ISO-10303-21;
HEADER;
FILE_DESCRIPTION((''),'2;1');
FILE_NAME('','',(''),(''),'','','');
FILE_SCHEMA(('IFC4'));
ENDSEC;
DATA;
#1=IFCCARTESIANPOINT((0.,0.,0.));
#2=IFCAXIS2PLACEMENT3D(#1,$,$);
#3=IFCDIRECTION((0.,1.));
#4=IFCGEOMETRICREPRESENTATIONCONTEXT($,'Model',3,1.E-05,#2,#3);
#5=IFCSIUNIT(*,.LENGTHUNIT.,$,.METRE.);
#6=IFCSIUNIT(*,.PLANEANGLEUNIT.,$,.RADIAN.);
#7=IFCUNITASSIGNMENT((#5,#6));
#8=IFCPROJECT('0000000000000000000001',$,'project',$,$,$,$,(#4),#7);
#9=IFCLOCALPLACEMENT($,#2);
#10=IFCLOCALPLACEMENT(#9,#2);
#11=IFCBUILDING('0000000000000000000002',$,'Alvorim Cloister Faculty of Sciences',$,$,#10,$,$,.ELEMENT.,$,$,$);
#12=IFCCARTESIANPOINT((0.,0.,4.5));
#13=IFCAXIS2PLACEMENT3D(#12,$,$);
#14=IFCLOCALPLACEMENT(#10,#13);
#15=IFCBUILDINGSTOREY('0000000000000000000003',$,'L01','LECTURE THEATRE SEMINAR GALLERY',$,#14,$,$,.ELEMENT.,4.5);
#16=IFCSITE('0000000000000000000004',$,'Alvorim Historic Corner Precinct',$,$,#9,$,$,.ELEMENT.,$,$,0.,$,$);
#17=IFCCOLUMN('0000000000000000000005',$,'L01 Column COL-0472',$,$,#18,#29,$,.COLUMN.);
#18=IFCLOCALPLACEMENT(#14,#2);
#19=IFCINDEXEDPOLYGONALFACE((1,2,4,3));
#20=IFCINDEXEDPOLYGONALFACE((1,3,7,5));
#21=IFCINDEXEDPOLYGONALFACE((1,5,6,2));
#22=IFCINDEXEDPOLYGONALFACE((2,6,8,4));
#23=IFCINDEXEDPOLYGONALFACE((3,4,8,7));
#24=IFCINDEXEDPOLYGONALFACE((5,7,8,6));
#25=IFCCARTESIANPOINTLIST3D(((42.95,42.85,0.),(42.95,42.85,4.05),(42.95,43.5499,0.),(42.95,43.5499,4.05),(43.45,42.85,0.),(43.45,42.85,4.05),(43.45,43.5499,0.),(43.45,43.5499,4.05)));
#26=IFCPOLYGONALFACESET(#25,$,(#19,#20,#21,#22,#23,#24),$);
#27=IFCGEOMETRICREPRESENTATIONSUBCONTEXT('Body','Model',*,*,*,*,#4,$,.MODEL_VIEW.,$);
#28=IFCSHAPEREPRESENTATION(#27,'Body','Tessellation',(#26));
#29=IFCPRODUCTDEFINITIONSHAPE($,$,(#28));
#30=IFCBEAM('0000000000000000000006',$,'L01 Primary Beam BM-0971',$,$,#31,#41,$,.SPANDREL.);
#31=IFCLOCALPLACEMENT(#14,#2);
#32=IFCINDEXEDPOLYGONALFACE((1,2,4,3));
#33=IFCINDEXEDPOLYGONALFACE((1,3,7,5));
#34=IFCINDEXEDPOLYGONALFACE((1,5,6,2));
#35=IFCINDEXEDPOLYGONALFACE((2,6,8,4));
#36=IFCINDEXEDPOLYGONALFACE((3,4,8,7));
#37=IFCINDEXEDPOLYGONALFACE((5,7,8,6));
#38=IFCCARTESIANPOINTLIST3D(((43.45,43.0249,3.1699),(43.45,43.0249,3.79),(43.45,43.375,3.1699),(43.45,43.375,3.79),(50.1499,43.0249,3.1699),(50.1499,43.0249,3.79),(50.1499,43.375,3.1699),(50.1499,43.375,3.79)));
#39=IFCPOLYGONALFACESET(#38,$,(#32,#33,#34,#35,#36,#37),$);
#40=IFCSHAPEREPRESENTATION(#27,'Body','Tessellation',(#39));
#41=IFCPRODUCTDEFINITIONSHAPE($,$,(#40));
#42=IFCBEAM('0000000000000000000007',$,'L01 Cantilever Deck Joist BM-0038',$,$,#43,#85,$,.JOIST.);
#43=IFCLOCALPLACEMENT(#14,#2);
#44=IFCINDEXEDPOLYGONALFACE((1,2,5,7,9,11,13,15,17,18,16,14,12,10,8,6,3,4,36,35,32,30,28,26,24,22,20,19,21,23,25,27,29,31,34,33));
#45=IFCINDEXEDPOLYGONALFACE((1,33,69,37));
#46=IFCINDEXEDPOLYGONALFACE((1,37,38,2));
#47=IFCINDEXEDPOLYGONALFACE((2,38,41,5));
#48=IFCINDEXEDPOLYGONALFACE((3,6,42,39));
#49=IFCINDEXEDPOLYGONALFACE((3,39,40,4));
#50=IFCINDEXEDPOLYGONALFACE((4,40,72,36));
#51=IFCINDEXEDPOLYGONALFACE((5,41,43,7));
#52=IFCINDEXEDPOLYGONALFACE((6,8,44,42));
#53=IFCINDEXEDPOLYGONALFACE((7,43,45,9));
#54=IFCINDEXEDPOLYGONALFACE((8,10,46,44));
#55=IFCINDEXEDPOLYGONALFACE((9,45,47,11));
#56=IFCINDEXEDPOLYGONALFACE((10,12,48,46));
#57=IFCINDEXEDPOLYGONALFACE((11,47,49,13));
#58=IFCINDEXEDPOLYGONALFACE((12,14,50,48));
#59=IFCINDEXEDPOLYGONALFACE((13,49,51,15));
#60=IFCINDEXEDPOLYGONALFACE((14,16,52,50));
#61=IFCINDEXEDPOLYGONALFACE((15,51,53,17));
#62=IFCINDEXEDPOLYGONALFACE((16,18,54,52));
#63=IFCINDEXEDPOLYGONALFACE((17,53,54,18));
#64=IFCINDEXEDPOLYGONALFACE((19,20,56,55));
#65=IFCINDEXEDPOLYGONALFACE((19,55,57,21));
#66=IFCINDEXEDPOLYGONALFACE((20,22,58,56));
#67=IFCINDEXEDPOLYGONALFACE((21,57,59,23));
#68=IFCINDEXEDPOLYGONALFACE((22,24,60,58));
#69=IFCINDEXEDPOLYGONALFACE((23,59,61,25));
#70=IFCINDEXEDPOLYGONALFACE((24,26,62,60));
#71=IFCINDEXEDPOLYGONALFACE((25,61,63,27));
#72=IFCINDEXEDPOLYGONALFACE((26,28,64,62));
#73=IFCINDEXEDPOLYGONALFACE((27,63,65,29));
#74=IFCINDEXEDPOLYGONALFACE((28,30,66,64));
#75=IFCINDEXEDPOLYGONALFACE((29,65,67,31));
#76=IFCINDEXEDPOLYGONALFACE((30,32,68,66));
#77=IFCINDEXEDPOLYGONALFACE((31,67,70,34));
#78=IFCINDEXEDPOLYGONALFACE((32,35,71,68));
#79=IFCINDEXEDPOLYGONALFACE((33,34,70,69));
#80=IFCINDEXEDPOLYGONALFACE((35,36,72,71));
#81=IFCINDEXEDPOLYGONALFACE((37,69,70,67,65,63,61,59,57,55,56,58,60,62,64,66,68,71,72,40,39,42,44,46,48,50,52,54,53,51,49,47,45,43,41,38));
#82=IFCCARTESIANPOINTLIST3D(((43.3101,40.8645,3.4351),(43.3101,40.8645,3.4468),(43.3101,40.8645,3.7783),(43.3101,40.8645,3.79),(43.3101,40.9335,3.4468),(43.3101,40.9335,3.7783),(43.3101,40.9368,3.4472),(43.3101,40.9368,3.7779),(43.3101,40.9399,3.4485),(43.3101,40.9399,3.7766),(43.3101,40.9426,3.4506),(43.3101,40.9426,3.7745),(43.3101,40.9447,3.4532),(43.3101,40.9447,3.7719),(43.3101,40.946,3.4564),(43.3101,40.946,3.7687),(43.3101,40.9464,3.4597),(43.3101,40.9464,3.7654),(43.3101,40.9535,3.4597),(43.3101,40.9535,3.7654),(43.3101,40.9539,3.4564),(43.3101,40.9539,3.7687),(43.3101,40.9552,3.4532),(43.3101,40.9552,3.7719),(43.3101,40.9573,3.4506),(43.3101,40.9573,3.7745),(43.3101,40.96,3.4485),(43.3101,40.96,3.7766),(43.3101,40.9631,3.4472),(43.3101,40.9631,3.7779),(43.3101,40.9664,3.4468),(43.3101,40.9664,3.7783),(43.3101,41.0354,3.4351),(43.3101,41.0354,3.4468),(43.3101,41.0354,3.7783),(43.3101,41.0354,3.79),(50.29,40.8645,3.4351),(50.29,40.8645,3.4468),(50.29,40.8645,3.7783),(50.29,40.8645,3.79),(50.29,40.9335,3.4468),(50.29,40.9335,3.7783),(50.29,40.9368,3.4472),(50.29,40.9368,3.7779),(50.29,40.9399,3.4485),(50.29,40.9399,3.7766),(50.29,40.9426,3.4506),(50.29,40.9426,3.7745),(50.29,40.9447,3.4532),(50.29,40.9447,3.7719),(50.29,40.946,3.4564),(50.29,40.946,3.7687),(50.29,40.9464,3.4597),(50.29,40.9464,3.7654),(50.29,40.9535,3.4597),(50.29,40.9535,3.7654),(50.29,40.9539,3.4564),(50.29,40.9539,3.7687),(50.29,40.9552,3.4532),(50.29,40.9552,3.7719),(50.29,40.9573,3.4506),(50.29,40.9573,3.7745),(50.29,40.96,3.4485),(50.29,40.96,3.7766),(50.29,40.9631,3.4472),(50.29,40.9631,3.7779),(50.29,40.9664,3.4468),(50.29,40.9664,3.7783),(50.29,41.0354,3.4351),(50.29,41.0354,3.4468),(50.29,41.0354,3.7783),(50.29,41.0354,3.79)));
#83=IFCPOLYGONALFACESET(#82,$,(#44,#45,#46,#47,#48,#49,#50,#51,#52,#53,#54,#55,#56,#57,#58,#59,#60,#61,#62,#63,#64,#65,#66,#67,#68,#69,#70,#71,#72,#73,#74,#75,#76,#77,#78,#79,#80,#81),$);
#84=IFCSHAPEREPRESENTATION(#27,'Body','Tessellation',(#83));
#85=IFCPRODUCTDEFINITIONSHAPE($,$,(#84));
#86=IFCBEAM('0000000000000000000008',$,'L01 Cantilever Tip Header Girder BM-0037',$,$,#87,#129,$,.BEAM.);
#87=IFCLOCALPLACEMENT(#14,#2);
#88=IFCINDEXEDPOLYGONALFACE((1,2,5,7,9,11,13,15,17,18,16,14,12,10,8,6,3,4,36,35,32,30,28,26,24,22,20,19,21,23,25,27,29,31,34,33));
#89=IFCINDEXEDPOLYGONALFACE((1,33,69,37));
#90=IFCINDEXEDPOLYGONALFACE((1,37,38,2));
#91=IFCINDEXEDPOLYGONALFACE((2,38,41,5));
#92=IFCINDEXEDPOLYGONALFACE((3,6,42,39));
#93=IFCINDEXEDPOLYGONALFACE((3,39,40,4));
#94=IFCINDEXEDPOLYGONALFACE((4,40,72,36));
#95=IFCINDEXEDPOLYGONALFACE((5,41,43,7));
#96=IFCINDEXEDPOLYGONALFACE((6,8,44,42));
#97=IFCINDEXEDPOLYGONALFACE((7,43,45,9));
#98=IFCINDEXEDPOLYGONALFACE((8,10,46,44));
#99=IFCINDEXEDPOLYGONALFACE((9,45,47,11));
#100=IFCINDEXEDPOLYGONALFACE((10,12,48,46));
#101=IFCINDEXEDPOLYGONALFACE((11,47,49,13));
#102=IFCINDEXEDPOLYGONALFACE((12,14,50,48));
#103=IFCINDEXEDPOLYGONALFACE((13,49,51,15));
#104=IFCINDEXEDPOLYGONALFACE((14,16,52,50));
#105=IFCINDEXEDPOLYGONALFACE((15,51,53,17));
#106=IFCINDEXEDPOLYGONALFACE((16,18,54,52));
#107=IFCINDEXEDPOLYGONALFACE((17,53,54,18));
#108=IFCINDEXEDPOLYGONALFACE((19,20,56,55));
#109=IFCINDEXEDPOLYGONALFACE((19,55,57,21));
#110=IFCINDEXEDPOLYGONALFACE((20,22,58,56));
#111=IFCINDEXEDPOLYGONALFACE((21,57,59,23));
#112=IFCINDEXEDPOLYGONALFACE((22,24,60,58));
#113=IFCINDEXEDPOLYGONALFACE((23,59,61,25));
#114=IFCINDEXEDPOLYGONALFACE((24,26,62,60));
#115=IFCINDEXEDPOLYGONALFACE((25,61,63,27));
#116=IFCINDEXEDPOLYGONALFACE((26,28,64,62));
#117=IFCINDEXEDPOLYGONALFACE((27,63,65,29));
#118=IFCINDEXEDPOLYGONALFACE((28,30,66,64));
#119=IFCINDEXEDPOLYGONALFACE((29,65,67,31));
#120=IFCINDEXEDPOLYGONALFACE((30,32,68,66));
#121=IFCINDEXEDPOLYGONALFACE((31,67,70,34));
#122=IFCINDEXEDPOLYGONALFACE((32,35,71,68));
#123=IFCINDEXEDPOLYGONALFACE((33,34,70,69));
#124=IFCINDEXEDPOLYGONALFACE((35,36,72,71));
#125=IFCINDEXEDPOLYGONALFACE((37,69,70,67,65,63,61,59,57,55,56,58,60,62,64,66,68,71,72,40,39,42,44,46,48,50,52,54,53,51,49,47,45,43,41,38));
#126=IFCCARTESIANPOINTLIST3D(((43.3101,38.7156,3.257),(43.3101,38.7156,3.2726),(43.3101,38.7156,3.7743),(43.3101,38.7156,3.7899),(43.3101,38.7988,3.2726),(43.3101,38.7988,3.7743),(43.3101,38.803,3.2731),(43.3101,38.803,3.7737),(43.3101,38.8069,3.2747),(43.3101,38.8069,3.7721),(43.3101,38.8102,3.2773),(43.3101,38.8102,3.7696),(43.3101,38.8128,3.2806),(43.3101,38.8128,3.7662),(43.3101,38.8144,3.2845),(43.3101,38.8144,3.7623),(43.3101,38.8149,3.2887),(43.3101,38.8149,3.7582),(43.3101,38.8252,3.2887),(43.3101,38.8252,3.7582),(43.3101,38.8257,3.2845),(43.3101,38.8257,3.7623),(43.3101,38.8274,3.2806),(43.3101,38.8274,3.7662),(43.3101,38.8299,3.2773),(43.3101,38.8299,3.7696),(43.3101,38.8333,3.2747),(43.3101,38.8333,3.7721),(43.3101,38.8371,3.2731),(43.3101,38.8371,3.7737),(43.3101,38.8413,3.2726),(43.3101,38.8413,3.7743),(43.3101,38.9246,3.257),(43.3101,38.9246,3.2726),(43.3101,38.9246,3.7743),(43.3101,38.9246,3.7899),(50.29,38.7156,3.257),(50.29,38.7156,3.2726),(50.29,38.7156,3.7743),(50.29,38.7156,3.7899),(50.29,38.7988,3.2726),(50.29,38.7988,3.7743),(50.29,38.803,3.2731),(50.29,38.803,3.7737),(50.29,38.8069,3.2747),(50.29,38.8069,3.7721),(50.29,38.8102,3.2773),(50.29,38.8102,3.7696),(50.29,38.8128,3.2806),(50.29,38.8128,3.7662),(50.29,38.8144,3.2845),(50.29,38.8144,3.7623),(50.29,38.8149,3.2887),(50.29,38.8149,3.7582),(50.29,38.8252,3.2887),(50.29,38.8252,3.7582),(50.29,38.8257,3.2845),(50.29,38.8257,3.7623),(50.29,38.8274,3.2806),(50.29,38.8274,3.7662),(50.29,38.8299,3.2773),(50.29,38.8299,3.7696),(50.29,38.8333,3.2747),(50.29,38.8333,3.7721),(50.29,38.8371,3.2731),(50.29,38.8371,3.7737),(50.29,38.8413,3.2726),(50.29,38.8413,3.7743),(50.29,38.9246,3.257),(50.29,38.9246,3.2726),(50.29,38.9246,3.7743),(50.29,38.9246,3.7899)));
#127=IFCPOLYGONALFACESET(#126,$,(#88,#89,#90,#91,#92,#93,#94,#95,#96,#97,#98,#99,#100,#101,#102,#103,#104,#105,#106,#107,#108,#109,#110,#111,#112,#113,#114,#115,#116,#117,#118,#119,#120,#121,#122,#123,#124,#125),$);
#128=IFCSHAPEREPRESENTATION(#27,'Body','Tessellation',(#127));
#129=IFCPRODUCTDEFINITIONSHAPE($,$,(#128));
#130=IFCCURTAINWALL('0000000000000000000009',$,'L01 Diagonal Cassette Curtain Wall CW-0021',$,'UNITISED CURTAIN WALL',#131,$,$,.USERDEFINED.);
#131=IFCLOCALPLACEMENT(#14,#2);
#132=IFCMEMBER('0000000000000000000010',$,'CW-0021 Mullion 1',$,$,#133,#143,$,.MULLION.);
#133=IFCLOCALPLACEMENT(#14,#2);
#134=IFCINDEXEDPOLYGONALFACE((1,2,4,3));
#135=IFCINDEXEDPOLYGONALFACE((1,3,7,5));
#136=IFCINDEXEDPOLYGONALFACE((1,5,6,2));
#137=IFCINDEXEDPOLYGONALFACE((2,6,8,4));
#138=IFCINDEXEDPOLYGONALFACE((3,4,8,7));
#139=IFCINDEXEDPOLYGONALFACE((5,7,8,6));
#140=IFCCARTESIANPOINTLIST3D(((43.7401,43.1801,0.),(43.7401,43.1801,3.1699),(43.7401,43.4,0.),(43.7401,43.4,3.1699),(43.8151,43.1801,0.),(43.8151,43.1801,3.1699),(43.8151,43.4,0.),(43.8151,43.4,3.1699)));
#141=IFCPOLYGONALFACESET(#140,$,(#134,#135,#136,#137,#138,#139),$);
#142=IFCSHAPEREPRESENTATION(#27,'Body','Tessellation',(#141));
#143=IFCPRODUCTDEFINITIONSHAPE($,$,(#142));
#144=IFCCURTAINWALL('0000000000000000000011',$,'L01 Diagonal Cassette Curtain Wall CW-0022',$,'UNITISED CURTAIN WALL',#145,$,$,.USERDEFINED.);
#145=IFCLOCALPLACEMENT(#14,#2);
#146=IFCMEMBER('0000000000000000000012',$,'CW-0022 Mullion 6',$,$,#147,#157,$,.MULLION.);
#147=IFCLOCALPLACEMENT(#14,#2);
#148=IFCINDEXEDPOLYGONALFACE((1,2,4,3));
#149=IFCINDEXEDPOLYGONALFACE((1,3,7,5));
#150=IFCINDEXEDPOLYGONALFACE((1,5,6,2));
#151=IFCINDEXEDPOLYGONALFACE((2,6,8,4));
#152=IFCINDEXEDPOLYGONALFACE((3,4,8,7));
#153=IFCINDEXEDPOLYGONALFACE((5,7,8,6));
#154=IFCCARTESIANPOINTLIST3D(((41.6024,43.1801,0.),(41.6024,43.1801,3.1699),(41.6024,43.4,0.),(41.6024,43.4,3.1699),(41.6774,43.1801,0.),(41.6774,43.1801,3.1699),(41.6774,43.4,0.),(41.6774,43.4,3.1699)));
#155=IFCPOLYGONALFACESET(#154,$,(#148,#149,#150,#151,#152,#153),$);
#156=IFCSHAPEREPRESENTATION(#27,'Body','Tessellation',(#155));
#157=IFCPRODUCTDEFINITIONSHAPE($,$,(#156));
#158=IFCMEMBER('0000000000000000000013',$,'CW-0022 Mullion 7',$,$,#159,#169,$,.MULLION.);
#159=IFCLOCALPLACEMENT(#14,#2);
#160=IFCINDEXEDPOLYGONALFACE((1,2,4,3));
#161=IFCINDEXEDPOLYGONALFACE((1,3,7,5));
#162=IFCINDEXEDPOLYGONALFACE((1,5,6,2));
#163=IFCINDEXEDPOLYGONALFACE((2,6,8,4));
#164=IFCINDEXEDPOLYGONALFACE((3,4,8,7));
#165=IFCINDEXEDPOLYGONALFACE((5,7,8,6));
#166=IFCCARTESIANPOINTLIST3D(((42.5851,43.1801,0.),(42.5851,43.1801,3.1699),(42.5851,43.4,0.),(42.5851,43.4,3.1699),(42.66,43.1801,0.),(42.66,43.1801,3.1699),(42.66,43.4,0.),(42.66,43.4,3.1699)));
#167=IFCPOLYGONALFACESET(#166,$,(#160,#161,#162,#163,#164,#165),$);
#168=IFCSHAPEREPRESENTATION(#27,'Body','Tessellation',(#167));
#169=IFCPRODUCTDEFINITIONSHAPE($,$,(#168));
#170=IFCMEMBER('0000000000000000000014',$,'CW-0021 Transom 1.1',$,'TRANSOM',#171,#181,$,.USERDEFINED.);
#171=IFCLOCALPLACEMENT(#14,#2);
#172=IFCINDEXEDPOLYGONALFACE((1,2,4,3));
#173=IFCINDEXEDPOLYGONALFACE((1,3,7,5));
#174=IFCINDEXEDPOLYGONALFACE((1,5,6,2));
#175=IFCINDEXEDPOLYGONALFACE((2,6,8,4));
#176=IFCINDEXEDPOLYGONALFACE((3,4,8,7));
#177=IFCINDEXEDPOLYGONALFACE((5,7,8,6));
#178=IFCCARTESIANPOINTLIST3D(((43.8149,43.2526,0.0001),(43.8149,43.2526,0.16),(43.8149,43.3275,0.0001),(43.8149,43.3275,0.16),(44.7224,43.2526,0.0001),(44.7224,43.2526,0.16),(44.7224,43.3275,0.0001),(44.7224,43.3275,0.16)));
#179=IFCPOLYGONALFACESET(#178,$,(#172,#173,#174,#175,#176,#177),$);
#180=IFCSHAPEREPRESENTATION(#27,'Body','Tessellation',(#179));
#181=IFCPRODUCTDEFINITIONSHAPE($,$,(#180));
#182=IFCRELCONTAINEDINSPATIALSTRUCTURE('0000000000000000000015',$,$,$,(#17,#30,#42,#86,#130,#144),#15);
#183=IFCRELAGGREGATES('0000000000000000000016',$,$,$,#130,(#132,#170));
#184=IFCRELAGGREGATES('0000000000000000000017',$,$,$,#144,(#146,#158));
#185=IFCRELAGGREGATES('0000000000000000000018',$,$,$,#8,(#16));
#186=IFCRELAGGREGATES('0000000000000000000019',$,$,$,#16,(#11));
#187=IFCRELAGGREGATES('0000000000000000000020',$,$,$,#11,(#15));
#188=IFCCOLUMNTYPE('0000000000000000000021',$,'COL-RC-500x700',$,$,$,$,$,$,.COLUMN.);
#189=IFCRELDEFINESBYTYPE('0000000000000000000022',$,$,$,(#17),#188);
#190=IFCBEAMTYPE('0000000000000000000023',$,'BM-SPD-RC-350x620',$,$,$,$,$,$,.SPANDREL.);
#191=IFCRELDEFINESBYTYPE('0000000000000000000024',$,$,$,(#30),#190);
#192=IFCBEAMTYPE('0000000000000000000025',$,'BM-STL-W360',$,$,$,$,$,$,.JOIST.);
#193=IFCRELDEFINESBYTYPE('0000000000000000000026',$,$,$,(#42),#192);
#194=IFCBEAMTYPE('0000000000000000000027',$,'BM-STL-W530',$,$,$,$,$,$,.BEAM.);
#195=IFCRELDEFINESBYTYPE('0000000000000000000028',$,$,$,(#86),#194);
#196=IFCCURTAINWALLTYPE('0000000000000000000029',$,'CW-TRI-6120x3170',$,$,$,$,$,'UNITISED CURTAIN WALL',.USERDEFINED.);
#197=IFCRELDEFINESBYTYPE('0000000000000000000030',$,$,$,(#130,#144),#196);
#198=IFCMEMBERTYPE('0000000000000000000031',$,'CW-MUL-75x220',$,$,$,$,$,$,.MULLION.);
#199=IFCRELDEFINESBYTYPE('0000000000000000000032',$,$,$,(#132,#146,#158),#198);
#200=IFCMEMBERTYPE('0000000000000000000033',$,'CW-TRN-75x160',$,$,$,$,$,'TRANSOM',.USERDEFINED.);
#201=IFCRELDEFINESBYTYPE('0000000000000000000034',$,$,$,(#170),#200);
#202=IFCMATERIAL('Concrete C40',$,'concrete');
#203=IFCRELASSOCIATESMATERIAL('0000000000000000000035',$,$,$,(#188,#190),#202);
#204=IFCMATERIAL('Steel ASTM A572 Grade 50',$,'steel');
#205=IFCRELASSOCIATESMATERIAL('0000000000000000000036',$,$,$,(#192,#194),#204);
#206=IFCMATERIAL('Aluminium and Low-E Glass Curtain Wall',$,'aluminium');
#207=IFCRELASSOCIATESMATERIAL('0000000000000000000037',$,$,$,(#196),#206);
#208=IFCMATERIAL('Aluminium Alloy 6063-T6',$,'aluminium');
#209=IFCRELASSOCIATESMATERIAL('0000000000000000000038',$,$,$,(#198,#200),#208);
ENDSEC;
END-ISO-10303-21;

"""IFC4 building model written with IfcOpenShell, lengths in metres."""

from ifc_helpers import new_model, si_unit, direction, frame, origin, origin_2d, place, context, subcontext, project, spatial, rectangle, i_section, extrude, material, material_profile, profile_set, type_object, element, aggregate, save


model = new_model("IFC4")

# Units and contexts
model_context = context("Model", 3, precision=1e-05, world=origin(), true_north=direction((0.0, 1.0)))
body_context = subcontext(model_context, "Body", "Model", "MODEL_VIEW")
ifc_project = project(units=[si_unit("LENGTHUNIT", "METRE"), si_unit("PLANEANGLEUNIT", "RADIAN")], contexts=[model_context])

# Site, building, storey
site_placement = place(None, origin())
site = spatial("IfcSite", under=ifc_project, at=site_placement, Name="Alvorim Historic Corner Precinct", CompositionType="ELEMENT", RefElevation=0.0)
building_placement = place(site_placement, origin())
building = spatial("IfcBuilding", under=site, at=building_placement, Name="Alvorim Cloister Faculty of Sciences", CompositionType="ELEMENT")
storey_placement = place(building_placement, frame((0.0, 0.0, 4.5)))
storey = spatial("IfcBuildingStorey", under=building, at=storey_placement, Name="L01", Description="LECTURE THEATRE SEMINAR GALLERY", CompositionType="ELEMENT", Elevation=4.5)

# Column
ifc_material_1 = material(Name="Concrete C40", Category="concrete")
ifc_material_profile_1 = material_profile(ifc_material_1, rectangle(XDim=0.5, YDim=0.7, at=origin_2d()), Name="RC40-COL-500x700")
ifc_profile_set_1 = profile_set([ifc_material_profile_1], Name="Concrete C40")
column_type = type_object("IfcColumnType", Name="COL-RC-500x700", PredefinedType="COLUMN", material=ifc_profile_set_1)
column_placement = place(storey_placement, frame((43.2, 43.2, 0.0), z_axis=(0.0, 0.0, 1.0), x_axis=(1.0, 0.0, 0.0)))
element("IfcColumn", 1, at=column_placement, inside=storey, type_object=column_type, Name="L01 Column COL-0472", PredefinedType="COLUMN", context=body_context, shape_type="SweptSolid", body=[
    extrude(rectangle(XDim=0.5, YDim=0.7, at=origin_2d()), origin(), (0.0, 0.0, 1.0), 4.05),
])

# Beams
ifc_material_profile_2 = material_profile(ifc_material_1, rectangle(XDim=0.3501, YDim=0.6201, at=origin_2d()), Name="RC40-SPD-350x620")
ifc_profile_set_2 = profile_set([ifc_material_profile_2], Name="Concrete C40")
beam_type_1 = type_object("IfcBeamType", Name="BM-SPD-RC-350x620", PredefinedType="SPANDREL", material=ifc_profile_set_2)
beam_1_placement = place(storey_placement, frame((43.45, 43.2, 3.48), z_axis=(1.0, 0.0, 0.0), x_axis=(0.0, 1.0, 0.0)))
element("IfcBeam", 2, at=beam_1_placement, inside=storey, type_object=beam_type_1, Name="L01 Primary Beam BM-0971", PredefinedType="SPANDREL", context=body_context, shape_type="SweptSolid", body=[
    extrude(rectangle(XDim=0.3501, YDim=0.6201, at=origin_2d()), origin(), (0.0, 0.0, 1.0), 6.7),
])
ifc_material_2 = material(Name="Steel ASTM A572 Grade 50", Category="steel")
ifc_material_profile_3 = material_profile(ifc_material_2, i_section(OverallWidth=0.1709, OverallDepth=0.355, WebThickness=0.0071, FlangeThickness=0.0117, FilletRadius=0.0129, at=origin_2d()), Name="W360x51.0")
ifc_profile_set_3 = profile_set([ifc_material_profile_3], Name="Steel ASTM A572 Grade 50")
beam_type_2 = type_object("IfcBeamType", Name="BM-STL-W360", PredefinedType="JOIST", material=ifc_profile_set_3)
beam_2_placement = place(storey_placement, frame((43.3101, 40.95, 3.6125), z_axis=(1.0, 0.0, 0.0), x_axis=(0.0, 1.0, 0.0)))
element("IfcBeam", 3, at=beam_2_placement, inside=storey, type_object=beam_type_2, Name="L01 Cantilever Deck Joist BM-0038", PredefinedType="JOIST", context=body_context, shape_type="SweptSolid", body=[
    extrude(i_section(OverallWidth=0.1709, OverallDepth=0.355, WebThickness=0.0071, FlangeThickness=0.0117, FilletRadius=0.0129, at=origin_2d()), origin(), (0.0, 0.0, 1.0), 6.98),
])
ifc_material_profile_4 = material_profile(ifc_material_2, i_section(OverallWidth=0.209, OverallDepth=0.533, WebThickness=0.0103, FlangeThickness=0.0156, FilletRadius=0.0161, at=origin_2d()), Name="W530x92.0")
ifc_profile_set_4 = profile_set([ifc_material_profile_4], Name="Steel ASTM A572 Grade 50")
beam_type_3 = type_object("IfcBeamType", Name="BM-STL-W530", PredefinedType="BEAM", material=ifc_profile_set_4)
beam_3_placement = place(storey_placement, frame((43.3101, 38.8201, 3.5234), z_axis=(1.0, 0.0, 0.0), x_axis=(0.0, 1.0, 0.0)))
element("IfcBeam", 4, at=beam_3_placement, inside=storey, type_object=beam_type_3, Name="L01 Cantilever Tip Header Girder BM-0037", PredefinedType="BEAM", context=body_context, shape_type="SweptSolid", body=[
    extrude(i_section(OverallWidth=0.209, OverallDepth=0.533, WebThickness=0.0103, FlangeThickness=0.0156, FilletRadius=0.0161, at=origin_2d()), origin(), (0.0, 0.0, 1.0), 6.98),
])

# Curtain wall, member
ifc_material_3 = material(Name="Aluminium and Low-E Glass Curtain Wall", Category="aluminium")
curtain_wall_type = type_object("IfcCurtainWallType", Name="CW-TRI-6120x3170", ElementType="UNITISED CURTAIN WALL", PredefinedType="USERDEFINED", material=ifc_material_3)
curtain_wall_1_placement = place(storey_placement, origin())
curtain_wall_1 = element("IfcCurtainWall", 5, at=curtain_wall_1_placement, inside=storey, type_object=curtain_wall_type, Name="L01 Diagonal Cassette Curtain Wall CW-0021", ObjectType="UNITISED CURTAIN WALL", PredefinedType="USERDEFINED")
ifc_material_4 = material(Name="Aluminium Alloy 6063-T6", Category="aluminium")
ifc_material_profile_5 = material_profile(ifc_material_4, rectangle(XDim=0.075, YDim=0.22, at=origin_2d()), Name="ALU-MUL-75x220")
ifc_profile_set_5 = profile_set([ifc_material_profile_5], Name="Aluminium Alloy 6063-T6")
member_type_1 = type_object("IfcMemberType", Name="CW-MUL-75x220", PredefinedType="MULLION", material=ifc_profile_set_5)
member_1_placement = place(storey_placement, frame((43.7776, 43.29, 0.0), z_axis=(0.0, 0.0, 1.0), x_axis=(1.0, 0.0, 0.0)))
member_1 = element("IfcMember", 6, at=member_1_placement, type_object=member_type_1, Name="CW-0021 Mullion 1", PredefinedType="MULLION", context=body_context, shape_type="SweptSolid", body=[
    extrude(rectangle(XDim=0.075, YDim=0.22, at=origin_2d()), origin(), (0.0, 0.0, 1.0), 3.1699),
])

# Curtain wall, members
curtain_wall_2_placement = place(storey_placement, origin())
curtain_wall_2 = element("IfcCurtainWall", 7, at=curtain_wall_2_placement, inside=storey, type_object=curtain_wall_type, Name="L01 Diagonal Cassette Curtain Wall CW-0022", ObjectType="UNITISED CURTAIN WALL", PredefinedType="USERDEFINED")
member_2_placement = place(storey_placement, frame((41.6399, 43.29, 0.0), z_axis=(0.0, 0.0, 1.0), x_axis=(1.0, 0.0, 0.0)))
member_2 = element("IfcMember", 8, at=member_2_placement, type_object=member_type_1, Name="CW-0022 Mullion 6", PredefinedType="MULLION", context=body_context, shape_type="SweptSolid", body=[
    extrude(rectangle(XDim=0.075, YDim=0.22, at=origin_2d()), origin(), (0.0, 0.0, 1.0), 3.1699),
])
member_3_placement = place(storey_placement, frame((42.6226, 43.29, 0.0), z_axis=(0.0, 0.0, 1.0), x_axis=(1.0, 0.0, 0.0)))
member_3 = element("IfcMember", 9, at=member_3_placement, type_object=member_type_1, Name="CW-0022 Mullion 7", PredefinedType="MULLION", context=body_context, shape_type="SweptSolid", body=[
    extrude(rectangle(XDim=0.075, YDim=0.22, at=origin_2d()), origin(), (0.0, 0.0, 1.0), 3.1699),
])

# Member
ifc_material_profile_6 = material_profile(ifc_material_4, rectangle(XDim=0.075, YDim=0.1599, at=origin_2d()), Name="ALU-TRN-75x160")
ifc_profile_set_6 = profile_set([ifc_material_profile_6], Name="Aluminium Alloy 6063-T6")
member_type_2 = type_object("IfcMemberType", Name="CW-TRN-75x160", ElementType="TRANSOM", PredefinedType="USERDEFINED", material=ifc_profile_set_6)
member_4_placement = place(storey_placement, frame((43.8149, 43.29, 0.0801), z_axis=(1.0, 0.0, 0.0), x_axis=(0.0, 1.0, 0.0)))
member_4 = element("IfcMember", 10, at=member_4_placement, type_object=member_type_2, Name="CW-0021 Transom 1.1", ObjectType="TRANSOM", PredefinedType="USERDEFINED", context=body_context, shape_type="SweptSolid", body=[
    extrude(rectangle(XDim=0.075, YDim=0.1599, at=origin_2d()), origin(), (0.0, 0.0, 1.0), 0.9075),
])

aggregate(curtain_wall_1, [member_1, member_4])
aggregate(curtain_wall_2, [member_2, member_3])

save(model, "model.ifc")
